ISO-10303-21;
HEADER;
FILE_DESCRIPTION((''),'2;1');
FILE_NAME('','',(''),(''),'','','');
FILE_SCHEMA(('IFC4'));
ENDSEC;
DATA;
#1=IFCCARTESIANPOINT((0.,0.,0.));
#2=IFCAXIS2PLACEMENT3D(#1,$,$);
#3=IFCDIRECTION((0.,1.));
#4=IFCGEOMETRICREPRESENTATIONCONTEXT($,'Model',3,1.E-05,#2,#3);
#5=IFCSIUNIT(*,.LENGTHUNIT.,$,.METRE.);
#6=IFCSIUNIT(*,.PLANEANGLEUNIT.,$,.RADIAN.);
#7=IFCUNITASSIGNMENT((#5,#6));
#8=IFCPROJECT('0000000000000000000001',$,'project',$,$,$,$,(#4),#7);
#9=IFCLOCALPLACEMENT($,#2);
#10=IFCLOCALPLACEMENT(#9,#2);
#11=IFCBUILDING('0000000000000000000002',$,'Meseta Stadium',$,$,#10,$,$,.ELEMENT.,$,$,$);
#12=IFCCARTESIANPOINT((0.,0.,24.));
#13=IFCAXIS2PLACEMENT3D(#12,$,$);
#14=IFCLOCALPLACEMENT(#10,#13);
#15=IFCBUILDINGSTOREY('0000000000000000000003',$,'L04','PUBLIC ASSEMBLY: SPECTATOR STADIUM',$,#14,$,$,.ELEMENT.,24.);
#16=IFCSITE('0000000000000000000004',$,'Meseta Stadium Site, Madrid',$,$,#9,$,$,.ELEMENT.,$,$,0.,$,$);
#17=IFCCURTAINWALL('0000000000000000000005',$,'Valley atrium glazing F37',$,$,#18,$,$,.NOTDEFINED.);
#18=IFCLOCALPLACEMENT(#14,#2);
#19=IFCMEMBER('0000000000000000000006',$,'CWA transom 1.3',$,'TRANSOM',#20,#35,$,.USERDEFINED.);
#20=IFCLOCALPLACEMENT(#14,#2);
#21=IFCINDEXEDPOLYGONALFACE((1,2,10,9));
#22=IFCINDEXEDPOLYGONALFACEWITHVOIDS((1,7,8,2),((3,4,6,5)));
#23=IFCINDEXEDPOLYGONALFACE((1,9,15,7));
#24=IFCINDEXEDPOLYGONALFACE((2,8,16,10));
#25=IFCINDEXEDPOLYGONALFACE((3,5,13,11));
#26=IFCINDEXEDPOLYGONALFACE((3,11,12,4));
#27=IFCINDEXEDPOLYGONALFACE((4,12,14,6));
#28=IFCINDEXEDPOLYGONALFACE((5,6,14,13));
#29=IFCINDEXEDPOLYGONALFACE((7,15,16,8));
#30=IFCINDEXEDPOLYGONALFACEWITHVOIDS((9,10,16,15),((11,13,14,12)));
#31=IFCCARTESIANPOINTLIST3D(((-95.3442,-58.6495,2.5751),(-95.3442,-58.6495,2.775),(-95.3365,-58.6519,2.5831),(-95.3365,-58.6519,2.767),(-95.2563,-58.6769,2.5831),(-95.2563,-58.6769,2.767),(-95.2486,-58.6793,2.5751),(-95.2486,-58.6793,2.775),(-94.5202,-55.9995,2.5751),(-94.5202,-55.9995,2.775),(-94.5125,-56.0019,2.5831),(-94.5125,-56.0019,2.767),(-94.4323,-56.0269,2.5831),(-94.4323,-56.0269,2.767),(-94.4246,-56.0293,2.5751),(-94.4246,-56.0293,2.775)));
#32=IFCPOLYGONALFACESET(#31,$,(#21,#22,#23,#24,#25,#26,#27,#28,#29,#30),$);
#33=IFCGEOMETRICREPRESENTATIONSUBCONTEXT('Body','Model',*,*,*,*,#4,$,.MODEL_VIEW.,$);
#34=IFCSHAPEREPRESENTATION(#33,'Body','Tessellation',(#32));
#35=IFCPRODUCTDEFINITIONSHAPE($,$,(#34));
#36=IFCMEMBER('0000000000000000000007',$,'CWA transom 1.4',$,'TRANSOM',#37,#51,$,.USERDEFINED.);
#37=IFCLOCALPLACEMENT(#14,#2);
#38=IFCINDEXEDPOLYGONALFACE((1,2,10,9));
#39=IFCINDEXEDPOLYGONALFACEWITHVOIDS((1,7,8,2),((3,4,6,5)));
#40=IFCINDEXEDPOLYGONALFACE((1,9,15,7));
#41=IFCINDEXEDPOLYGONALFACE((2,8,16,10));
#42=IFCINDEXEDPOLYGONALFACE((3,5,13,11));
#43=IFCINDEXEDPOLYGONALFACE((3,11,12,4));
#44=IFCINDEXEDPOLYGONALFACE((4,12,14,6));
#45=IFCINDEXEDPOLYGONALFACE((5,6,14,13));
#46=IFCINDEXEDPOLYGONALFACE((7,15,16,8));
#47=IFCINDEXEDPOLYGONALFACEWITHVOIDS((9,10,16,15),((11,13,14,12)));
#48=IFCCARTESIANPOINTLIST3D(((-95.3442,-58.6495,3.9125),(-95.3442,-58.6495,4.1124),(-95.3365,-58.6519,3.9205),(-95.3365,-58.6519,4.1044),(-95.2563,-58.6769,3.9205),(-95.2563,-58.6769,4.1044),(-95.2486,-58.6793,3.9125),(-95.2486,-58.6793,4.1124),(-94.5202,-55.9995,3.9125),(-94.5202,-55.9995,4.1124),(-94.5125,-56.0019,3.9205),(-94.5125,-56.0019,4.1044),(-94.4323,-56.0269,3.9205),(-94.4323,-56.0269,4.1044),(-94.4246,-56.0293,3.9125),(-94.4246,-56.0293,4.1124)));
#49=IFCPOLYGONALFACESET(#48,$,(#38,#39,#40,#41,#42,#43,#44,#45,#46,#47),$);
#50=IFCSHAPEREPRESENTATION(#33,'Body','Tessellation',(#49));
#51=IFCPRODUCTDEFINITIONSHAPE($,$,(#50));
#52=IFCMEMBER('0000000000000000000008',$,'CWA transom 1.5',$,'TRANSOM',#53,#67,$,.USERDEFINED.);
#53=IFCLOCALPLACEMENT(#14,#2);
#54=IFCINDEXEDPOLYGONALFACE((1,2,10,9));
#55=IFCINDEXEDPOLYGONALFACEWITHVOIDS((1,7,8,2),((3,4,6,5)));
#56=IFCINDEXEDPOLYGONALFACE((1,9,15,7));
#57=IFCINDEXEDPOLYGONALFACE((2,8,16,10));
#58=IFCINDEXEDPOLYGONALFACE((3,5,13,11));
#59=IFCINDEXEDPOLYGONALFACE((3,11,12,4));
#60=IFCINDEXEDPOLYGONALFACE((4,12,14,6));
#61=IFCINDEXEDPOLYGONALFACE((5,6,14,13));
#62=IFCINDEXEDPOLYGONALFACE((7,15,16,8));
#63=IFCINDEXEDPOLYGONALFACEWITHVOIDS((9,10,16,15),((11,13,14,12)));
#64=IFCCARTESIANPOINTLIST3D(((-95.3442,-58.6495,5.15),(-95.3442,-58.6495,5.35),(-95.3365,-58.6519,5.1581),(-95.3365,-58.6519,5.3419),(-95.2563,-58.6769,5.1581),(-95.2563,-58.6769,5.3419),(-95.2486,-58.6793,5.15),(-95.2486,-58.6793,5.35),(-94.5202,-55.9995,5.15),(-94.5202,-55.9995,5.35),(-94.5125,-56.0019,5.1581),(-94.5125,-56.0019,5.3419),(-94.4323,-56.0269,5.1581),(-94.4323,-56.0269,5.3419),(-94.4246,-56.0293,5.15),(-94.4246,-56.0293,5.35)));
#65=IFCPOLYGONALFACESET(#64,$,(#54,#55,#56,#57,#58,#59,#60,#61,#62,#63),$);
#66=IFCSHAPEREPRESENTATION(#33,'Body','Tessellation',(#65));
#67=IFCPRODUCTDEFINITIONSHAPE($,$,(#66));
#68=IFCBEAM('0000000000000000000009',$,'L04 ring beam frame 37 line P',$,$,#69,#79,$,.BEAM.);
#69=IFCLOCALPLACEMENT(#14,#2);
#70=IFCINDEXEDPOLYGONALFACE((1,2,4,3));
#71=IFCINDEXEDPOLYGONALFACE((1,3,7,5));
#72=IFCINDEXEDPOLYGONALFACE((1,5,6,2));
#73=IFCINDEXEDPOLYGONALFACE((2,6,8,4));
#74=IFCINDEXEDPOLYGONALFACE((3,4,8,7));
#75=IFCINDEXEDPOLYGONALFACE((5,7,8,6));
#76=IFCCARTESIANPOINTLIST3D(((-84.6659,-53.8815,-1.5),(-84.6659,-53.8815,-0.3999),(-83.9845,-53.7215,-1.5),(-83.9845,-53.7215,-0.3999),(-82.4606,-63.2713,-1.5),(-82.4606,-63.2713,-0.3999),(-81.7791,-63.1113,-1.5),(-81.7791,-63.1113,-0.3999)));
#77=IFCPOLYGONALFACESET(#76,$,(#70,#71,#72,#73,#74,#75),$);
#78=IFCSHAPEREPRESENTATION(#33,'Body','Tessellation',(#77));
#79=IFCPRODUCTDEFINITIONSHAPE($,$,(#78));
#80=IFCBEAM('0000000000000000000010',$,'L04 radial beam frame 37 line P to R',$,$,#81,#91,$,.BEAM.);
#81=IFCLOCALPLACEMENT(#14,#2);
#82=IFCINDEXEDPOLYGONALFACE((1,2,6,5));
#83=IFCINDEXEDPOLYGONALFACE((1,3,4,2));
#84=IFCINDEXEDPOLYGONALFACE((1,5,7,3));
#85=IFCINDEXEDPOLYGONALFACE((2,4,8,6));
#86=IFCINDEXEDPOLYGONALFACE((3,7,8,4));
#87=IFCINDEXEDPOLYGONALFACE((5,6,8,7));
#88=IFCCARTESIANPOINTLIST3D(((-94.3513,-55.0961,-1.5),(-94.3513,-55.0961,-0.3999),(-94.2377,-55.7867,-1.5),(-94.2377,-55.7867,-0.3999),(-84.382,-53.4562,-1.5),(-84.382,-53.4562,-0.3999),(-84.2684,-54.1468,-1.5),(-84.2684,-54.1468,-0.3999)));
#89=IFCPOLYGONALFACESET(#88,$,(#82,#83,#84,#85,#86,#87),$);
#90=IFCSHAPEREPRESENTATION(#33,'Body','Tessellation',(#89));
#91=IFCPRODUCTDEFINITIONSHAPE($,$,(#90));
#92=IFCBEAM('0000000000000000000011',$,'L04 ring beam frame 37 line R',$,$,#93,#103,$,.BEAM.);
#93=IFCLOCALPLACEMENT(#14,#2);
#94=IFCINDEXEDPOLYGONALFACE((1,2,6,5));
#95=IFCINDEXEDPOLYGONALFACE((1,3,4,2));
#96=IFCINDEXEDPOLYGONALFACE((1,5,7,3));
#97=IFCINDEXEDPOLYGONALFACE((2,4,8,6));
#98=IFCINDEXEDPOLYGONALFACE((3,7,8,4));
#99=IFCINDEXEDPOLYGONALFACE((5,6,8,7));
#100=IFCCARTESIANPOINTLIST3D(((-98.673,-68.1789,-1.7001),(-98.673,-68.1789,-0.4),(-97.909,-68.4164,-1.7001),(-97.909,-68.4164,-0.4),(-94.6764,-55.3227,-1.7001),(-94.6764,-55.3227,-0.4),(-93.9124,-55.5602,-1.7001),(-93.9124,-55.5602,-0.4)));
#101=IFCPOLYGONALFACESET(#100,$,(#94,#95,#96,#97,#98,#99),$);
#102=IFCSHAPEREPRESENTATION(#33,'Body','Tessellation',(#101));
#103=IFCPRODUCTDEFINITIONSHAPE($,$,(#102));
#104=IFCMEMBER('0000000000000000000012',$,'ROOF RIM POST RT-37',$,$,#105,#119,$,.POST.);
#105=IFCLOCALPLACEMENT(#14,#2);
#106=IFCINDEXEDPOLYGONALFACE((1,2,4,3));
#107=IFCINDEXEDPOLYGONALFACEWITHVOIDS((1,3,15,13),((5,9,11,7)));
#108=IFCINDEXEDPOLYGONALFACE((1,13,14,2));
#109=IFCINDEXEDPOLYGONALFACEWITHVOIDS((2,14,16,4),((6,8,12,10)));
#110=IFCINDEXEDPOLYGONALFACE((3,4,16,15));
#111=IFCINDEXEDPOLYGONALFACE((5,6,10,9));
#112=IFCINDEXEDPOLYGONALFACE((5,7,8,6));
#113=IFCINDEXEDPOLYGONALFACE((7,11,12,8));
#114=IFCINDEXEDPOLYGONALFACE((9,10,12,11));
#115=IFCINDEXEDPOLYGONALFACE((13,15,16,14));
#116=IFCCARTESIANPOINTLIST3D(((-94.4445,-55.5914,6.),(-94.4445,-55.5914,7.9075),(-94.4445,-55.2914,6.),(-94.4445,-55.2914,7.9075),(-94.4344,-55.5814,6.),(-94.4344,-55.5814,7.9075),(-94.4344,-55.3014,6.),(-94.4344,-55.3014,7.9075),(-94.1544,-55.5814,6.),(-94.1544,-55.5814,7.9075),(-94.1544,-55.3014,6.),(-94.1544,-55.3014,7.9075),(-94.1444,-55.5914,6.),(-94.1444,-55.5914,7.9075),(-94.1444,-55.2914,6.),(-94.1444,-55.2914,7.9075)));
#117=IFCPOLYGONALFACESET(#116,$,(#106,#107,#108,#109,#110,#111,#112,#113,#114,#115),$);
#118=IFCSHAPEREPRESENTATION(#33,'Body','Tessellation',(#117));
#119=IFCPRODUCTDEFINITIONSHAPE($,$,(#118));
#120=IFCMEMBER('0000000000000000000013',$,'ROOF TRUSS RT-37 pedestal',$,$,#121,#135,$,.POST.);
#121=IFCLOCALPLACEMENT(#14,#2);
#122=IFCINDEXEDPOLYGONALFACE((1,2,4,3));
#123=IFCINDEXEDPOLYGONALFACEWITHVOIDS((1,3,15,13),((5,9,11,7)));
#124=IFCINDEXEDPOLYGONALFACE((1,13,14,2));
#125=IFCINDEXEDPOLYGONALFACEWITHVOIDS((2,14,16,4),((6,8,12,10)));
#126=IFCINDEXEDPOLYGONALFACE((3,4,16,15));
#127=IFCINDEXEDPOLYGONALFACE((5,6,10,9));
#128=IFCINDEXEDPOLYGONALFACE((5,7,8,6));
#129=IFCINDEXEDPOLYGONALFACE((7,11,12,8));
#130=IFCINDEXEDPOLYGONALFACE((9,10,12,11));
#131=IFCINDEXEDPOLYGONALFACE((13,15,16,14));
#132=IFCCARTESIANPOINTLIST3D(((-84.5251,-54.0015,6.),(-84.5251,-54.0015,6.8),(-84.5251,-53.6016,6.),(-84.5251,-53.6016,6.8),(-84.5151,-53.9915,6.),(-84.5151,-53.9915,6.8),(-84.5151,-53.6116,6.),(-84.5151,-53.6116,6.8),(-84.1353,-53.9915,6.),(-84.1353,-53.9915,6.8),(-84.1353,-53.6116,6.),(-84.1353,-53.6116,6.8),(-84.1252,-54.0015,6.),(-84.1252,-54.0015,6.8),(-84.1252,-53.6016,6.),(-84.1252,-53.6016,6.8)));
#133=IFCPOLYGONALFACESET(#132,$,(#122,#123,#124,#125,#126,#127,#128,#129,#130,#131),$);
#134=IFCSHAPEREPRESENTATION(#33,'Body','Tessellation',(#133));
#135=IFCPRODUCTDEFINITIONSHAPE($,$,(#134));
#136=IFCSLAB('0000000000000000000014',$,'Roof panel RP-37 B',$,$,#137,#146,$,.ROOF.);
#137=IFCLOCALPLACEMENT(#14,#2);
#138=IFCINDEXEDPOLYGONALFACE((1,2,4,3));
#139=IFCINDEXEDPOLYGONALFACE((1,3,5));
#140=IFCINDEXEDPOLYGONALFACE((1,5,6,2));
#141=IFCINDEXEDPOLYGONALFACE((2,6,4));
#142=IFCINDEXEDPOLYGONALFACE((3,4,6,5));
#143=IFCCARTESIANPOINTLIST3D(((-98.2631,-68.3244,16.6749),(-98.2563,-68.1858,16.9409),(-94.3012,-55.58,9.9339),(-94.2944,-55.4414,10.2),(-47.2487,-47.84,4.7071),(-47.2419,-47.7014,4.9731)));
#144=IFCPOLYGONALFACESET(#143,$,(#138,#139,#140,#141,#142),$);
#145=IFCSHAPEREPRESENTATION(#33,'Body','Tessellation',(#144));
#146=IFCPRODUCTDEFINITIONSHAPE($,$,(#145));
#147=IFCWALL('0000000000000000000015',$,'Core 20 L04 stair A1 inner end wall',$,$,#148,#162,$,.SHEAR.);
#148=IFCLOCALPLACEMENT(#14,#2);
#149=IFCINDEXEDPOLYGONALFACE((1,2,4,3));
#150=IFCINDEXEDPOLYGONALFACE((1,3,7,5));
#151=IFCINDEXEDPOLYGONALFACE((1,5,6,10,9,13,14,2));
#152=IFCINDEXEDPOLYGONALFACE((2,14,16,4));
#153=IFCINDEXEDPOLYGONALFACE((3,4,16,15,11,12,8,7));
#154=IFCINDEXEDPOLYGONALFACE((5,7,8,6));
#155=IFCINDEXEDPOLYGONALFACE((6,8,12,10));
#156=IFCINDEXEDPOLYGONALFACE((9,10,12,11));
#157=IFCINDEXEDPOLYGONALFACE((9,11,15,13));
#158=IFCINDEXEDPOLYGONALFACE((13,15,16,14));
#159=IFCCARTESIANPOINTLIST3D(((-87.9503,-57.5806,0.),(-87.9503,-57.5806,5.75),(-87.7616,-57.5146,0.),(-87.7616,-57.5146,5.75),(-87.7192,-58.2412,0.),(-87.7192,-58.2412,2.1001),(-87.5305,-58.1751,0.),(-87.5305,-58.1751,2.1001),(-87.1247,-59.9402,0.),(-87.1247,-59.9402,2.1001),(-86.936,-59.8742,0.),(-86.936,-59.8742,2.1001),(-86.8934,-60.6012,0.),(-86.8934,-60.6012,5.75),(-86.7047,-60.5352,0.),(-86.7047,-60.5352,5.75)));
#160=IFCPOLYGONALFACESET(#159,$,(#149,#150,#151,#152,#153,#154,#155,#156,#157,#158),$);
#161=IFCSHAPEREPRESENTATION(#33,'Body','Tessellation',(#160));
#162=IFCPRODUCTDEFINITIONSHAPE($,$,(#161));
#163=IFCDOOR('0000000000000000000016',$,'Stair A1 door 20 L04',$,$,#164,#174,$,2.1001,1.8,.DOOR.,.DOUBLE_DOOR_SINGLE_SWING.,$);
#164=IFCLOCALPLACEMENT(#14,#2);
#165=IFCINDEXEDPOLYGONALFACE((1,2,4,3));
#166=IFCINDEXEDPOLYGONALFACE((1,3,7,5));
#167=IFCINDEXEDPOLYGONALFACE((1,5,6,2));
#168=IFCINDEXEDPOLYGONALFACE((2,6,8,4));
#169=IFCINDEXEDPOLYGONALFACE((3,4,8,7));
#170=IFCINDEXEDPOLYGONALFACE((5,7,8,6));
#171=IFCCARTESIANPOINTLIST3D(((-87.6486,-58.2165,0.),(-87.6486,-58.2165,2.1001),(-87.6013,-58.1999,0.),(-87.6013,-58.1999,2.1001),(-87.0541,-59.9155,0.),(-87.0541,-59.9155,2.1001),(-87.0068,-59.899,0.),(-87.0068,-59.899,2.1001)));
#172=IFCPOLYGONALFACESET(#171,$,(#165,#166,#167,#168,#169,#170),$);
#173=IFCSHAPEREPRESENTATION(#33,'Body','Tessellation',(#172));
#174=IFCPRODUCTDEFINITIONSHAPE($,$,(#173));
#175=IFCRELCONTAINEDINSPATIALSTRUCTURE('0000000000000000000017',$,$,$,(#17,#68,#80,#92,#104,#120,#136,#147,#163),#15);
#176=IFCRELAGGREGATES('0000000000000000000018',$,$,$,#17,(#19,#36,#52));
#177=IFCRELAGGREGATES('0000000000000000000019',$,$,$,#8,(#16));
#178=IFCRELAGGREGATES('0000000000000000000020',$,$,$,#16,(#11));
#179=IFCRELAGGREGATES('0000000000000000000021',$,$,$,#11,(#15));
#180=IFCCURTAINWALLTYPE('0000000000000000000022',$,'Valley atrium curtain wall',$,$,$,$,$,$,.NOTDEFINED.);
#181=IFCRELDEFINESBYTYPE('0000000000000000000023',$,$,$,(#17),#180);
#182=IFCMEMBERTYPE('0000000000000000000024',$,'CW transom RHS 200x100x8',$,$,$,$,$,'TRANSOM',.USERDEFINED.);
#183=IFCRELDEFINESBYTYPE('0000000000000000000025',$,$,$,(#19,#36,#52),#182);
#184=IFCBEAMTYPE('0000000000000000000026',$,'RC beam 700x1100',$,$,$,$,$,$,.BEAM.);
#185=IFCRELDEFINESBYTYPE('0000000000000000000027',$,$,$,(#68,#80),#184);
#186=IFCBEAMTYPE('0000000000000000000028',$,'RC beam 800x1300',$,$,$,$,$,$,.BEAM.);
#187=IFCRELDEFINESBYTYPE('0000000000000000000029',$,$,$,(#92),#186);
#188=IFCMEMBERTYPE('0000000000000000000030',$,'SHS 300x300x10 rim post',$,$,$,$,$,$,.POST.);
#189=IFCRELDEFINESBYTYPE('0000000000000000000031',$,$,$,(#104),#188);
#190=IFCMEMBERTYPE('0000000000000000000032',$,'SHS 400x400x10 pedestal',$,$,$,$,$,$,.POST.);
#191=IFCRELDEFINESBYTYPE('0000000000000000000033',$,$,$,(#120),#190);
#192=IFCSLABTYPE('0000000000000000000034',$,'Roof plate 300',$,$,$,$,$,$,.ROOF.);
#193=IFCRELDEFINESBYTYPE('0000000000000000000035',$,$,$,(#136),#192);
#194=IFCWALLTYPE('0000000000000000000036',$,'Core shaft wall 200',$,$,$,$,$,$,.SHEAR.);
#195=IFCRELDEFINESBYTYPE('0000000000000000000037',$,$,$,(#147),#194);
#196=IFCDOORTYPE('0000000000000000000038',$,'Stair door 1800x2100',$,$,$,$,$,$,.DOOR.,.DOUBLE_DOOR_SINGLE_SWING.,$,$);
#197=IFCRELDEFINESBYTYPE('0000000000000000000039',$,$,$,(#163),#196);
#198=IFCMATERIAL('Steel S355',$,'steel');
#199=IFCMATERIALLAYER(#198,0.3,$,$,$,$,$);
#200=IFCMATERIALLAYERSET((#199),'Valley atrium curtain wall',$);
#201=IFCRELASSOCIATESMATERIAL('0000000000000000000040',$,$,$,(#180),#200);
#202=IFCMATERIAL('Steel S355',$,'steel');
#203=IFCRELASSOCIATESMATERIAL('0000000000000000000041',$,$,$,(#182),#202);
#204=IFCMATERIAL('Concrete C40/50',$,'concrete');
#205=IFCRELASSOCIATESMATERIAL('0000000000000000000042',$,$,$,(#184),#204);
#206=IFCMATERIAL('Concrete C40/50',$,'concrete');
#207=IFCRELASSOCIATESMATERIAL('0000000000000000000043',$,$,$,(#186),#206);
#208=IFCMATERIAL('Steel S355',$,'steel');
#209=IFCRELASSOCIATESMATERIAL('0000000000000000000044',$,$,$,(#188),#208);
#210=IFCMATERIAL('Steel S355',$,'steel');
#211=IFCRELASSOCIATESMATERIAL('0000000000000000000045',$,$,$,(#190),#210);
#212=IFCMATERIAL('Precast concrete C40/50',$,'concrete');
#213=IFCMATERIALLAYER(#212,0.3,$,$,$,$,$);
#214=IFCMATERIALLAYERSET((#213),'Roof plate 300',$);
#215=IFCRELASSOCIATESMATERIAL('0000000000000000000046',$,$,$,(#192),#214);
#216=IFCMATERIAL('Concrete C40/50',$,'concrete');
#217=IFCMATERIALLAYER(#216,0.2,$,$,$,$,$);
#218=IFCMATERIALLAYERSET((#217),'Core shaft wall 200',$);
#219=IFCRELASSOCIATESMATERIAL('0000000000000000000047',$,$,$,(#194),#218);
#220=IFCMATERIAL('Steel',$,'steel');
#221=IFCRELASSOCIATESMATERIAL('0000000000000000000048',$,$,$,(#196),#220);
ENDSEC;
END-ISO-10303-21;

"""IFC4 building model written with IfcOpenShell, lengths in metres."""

from ifc_helpers import new_model, si_unit, direction, frame, frame_2d, origin, origin_2d, place, context, subcontext, project, spatial, polyline, rectangle, hollow_rectangle, outline, extrude, material, layer, layer_set, material_profile, profile_set, type_object, element, fill, aggregate, save


model = new_model("IFC4")

# Units and contexts
model_context = context("Model", 3, precision=1e-05, world=origin(), true_north=direction((0.0, 1.0)))
body_context = subcontext(model_context, "Body", "Model", "MODEL_VIEW")
ifc_project = project(units=[si_unit("LENGTHUNIT", "METRE"), si_unit("PLANEANGLEUNIT", "RADIAN")], contexts=[model_context])

# Site, building, storey
site_placement = place(None, origin())
site = spatial("IfcSite", under=ifc_project, at=site_placement, Name="Meseta Stadium Site, Madrid", CompositionType="ELEMENT", RefElevation=0.0)
building_placement = place(site_placement, origin())
building = spatial("IfcBuilding", under=site, at=building_placement, Name="Meseta Stadium", CompositionType="ELEMENT")
storey_placement = place(building_placement, frame((0.0, 0.0, 24.0)))
storey = spatial("IfcBuildingStorey", under=building, at=storey_placement, Name="L04", Description="PUBLIC ASSEMBLY: SPECTATOR STADIUM", CompositionType="ELEMENT", Elevation=24.0)

# Curtain wall, members
ifc_material_1 = material(Name="Steel S355", Category="steel")
ifc_layer_1 = layer(ifc_material_1, 0.3)
ifc_layer_set_1 = layer_set([ifc_layer_1], Name="Valley atrium curtain wall")
curtain_wall_type = type_object("IfcCurtainWallType", Name="Valley atrium curtain wall", PredefinedType="NOTDEFINED", material=ifc_layer_set_1)
curtain_wall_placement = place(storey_placement, origin())
curtain_wall = element("IfcCurtainWall", 1, at=curtain_wall_placement, inside=storey, type_object=curtain_wall_type, Name="Valley atrium glazing F37", PredefinedType="NOTDEFINED")
ifc_material_2 = material(Name="Steel S355", Category="steel")
ifc_material_profile_1 = material_profile(ifc_material_2, hollow_rectangle(XDim=0.1001, YDim=0.2, WallThickness=0.0081, at=origin_2d()), Name="RHS 200x100x8")
ifc_profile_set_1 = profile_set([ifc_material_profile_1], Name="Steel S355")
member_type_1 = type_object("IfcMemberType", Name="CW transom RHS 200x100x8", ElementType="TRANSOM", PredefinedType="USERDEFINED", material=ifc_profile_set_1)
member_1_placement = place(storey_placement, frame((-94.4724, -56.0144, 2.675), z_axis=(-0.296922, -0.954902, 0.0), x_axis=(0.954902, -0.296922, 0.0)))
member_1 = element("IfcMember", 2, at=member_1_placement, type_object=member_type_1, Name="CWA transom 1.3", ObjectType="TRANSOM", PredefinedType="USERDEFINED", context=body_context, shape_type="SweptSolid", body=[
    extrude(hollow_rectangle(XDim=0.1001, YDim=0.2, WallThickness=0.0081, at=origin_2d()), origin(), (0.0, 0.0, 1.0), 2.7751),
])
member_2_placement = place(storey_placement, frame((-94.4724, -56.0144, 4.0125), z_axis=(-0.296922, -0.954902, 0.0), x_axis=(0.954902, -0.296922, 0.0)))
member_2 = element("IfcMember", 3, at=member_2_placement, type_object=member_type_1, Name="CWA transom 1.4", ObjectType="TRANSOM", PredefinedType="USERDEFINED", context=body_context, shape_type="SweptSolid", body=[
    extrude(hollow_rectangle(XDim=0.1001, YDim=0.2, WallThickness=0.0081, at=origin_2d()), origin(), (0.0, 0.0, 1.0), 2.7751),
])
member_3_placement = place(storey_placement, frame((-94.4724, -56.0144, 5.25), z_axis=(-0.296922, -0.954902, 0.0), x_axis=(0.954902, -0.296922, 0.0)))
member_3 = element("IfcMember", 4, at=member_3_placement, type_object=member_type_1, Name="CWA transom 1.5", ObjectType="TRANSOM", PredefinedType="USERDEFINED", context=body_context, shape_type="SweptSolid", body=[
    extrude(hollow_rectangle(XDim=0.1001, YDim=0.2, WallThickness=0.0081, at=origin_2d()), origin(), (0.0, 0.0, 1.0), 2.7751),
])
aggregate(curtain_wall, [member_1, member_2, member_3])

# Beams
ifc_material_3 = material(Name="Concrete C40/50", Category="concrete")
ifc_material_profile_2 = material_profile(ifc_material_3, rectangle(XDim=0.7, YDim=1.1001, at=origin_2d()), Name="RC 700x1100")
ifc_profile_set_2 = profile_set([ifc_material_profile_2], Name="Concrete C40/50")
beam_type_1 = type_object("IfcBeamType", Name="RC beam 700x1100", PredefinedType="BEAM", material=ifc_profile_set_2)
beam_1_placement = place(storey_placement, frame((-84.3252, -53.8015, -0.95), z_axis=(0.228646, -0.97351, 0.0), x_axis=(0.97351, 0.228646, 0.0)))
element("IfcBeam", 5, at=beam_1_placement, inside=storey, type_object=beam_type_1, Name="L04 ring beam frame 37 line P", PredefinedType="BEAM", context=body_context, shape_type="SweptSolid", body=[
    extrude(rectangle(XDim=0.7, YDim=1.1001, at=origin_2d()), origin(), (0.0, 0.0, 1.0), 9.6453),
])
beam_2_placement = place(storey_placement, frame((-84.3252, -53.8015, -0.95), z_axis=(-0.986739, -0.162314, 0.0), x_axis=(0.162314, -0.986739, 0.0)))
element("IfcBeam", 6, at=beam_2_placement, inside=storey, type_object=beam_type_1, Name="L04 radial beam frame 37 line P to R", PredefinedType="BEAM", context=body_context, shape_type="SweptSolid", body=[
    extrude(rectangle(XDim=0.7, YDim=1.1001, at=origin_2d()), origin(), (0.0, 0.0, 1.0), 10.1033),
])
ifc_material_4 = material(Name="Concrete C40/50", Category="concrete")
ifc_material_profile_3 = material_profile(ifc_material_4, rectangle(XDim=0.8, YDim=1.3, at=origin_2d()), Name="RC 800x1300")
ifc_profile_set_3 = profile_set([ifc_material_profile_3], Name="Concrete C40/50")
beam_type_2 = type_object("IfcBeamType", Name="RC beam 800x1300", PredefinedType="BEAM", material=ifc_profile_set_3)
beam_3_placement = place(storey_placement, frame((-94.2944, -55.4414, -1.05), z_axis=(-0.296855, -0.954923, 0.0), x_axis=(0.954923, -0.296855, 0.0)))
element("IfcBeam", 7, at=beam_3_placement, inside=storey, type_object=beam_type_2, Name="L04 ring beam frame 37 line R", PredefinedType="BEAM", context=body_context, shape_type="SweptSolid", body=[
    extrude(rectangle(XDim=0.8, YDim=1.3, at=origin_2d()), origin(), (0.0, 0.0, 1.0), 13.4631),
])

# Members
ifc_material_5 = material(Name="Steel S355", Category="steel")
ifc_material_profile_4 = material_profile(ifc_material_5, hollow_rectangle(XDim=0.3, YDim=0.3, WallThickness=0.01, at=origin_2d()), Name="SHS 300x300x10")
ifc_profile_set_4 = profile_set([ifc_material_profile_4], Name="Steel S355")
member_type_2 = type_object("IfcMemberType", Name="SHS 300x300x10 rim post", PredefinedType="POST", material=ifc_profile_set_4)
member_4_placement = place(storey_placement, frame((-94.2944, -55.4414, 6.0), z_axis=(0.0, 0.0, 1.0), x_axis=(1.0, 0.0, 0.0)))
element("IfcMember", 8, at=member_4_placement, inside=storey, type_object=member_type_2, Name="ROOF RIM POST RT-37", PredefinedType="POST", context=body_context, shape_type="SweptSolid", body=[
    extrude(hollow_rectangle(XDim=0.3, YDim=0.3, WallThickness=0.01, at=origin_2d()), origin(), (0.0, 0.0, 1.0), 1.9075),
])
ifc_material_6 = material(Name="Steel S355", Category="steel")
ifc_material_profile_5 = material_profile(ifc_material_6, hollow_rectangle(XDim=0.3999, YDim=0.3999, WallThickness=0.01, at=origin_2d()), Name="SHS 400x400x10")
ifc_profile_set_5 = profile_set([ifc_material_profile_5], Name="Steel S355")
member_type_3 = type_object("IfcMemberType", Name="SHS 400x400x10 pedestal", PredefinedType="POST", material=ifc_profile_set_5)
member_5_placement = place(storey_placement, frame((-84.3252, -53.8015, 6.0), z_axis=(0.0, 0.0, 1.0), x_axis=(1.0, 0.0, 0.0)))
element("IfcMember", 9, at=member_5_placement, inside=storey, type_object=member_type_3, Name="ROOF TRUSS RT-37 pedestal", PredefinedType="POST", context=body_context, shape_type="SweptSolid", body=[
    extrude(hollow_rectangle(XDim=0.3999, YDim=0.3999, WallThickness=0.01, at=origin_2d()), origin(), (0.0, 0.0, 1.0), 0.8),
])

# Slab
ifc_material_7 = material(Name="Precast concrete C40/50", Category="concrete")
ifc_layer_2 = layer(ifc_material_7, 0.3)
ifc_layer_set_2 = layer_set([ifc_layer_2], Name="Roof plate 300")
slab_type = type_object("IfcSlabType", Name="Roof plate 300", PredefinedType="ROOF", material=ifc_layer_set_2)
slab_placement = place(storey_placement, frame((-94.2944, -55.4414, 10.2), z_axis=(0.022497, 0.461967, 0.886612), x_axis=(0.980864, 0.161349, -0.108959)))
element("IfcSlab", 10, at=slab_placement, inside=storey, type_object=slab_type, Name="Roof panel RP-37 B", PredefinedType="ROOF", context=body_context, shape_type="SweptSolid", body=[
    extrude(outline(polyline([(0.0, 0.0), (47.9704, 0.0), (-6.6769, -13.3782), (0.0, 0.0)])), origin(), (0.0, 0.0, -1.0), 0.3),
])

# Wall, opening, door
ifc_material_8 = material(Name="Concrete C40/50", Category="concrete")
ifc_layer_3 = layer(ifc_material_8, 0.2)
ifc_layer_set_3 = layer_set([ifc_layer_3], Name="Core shaft wall 200")
wall_type_1 = type_object("IfcWallType", Name="Core shaft wall 200", PredefinedType="SHEAR", material=ifc_layer_set_3)
wall_1_placement = place(storey_placement, frame((-87.856, -57.5476, 0.0), z_axis=(0.0, 0.0, 1.0), x_axis=(0.330269, -0.943887, 0.0)))
wall_1 = element("IfcWall", 11, at=wall_1_placement, inside=storey, type_object=wall_type_1, Name="Core 20 L04 stair A1 inner end wall", PredefinedType="SHEAR", context=body_context, shape_type="SweptSolid", body=[
    extrude(rectangle(XDim=3.2002, YDim=0.2, at=frame_2d((1.6001, 0.0))), origin(), (0.0, 0.0, 1.0), 5.75),
])
opening_1_placement = place(wall_1_placement, frame((0.7, 0.0, 0.0)))
opening_1 = element("IfcOpeningElement", 12, at=opening_1_placement, cuts=wall_1, PredefinedType="OPENING", context=body_context, shape_type="SweptSolid", body=[
    extrude(rectangle(XDim=1.8, YDim=2.1001, at=frame_2d((0.8999, 1.05))), frame((0.0, 0.1099, 0.0), z_axis=(0.0, -1.0, 0.0), x_axis=(1.0, 0.0, 0.0)), (0.0, 0.0, 1.0), 0.22),
])
ifc_material_9 = material(Name="Steel", Category="steel")
door_type_1 = type_object("IfcDoorType", Name="Stair door 1800x2100", OperationType="DOUBLE_DOOR_SINGLE_SWING", PredefinedType="DOOR", material=ifc_material_9)
door_1_placement = place(opening_1_placement, origin())
door_1 = element("IfcDoor", 13, at=door_1_placement, inside=storey, type_object=door_type_1, Name="Stair A1 door 20 L04", OperationType="DOUBLE_DOOR_SINGLE_SWING", OverallHeight=2.1001, OverallWidth=1.8, PredefinedType="DOOR", context=body_context, shape_type="SweptSolid", body=[
    extrude(rectangle(XDim=1.8, YDim=2.1001, at=frame_2d((0.8999, 1.05))), frame((0.0, 0.0249, 0.0), z_axis=(0.0, -1.0, 0.0), x_axis=(1.0, 0.0, 0.0)), (0.0, 0.0, 1.0), 0.05),
])
fill(opening_1, door_1)

save(model, "model.ifc")
